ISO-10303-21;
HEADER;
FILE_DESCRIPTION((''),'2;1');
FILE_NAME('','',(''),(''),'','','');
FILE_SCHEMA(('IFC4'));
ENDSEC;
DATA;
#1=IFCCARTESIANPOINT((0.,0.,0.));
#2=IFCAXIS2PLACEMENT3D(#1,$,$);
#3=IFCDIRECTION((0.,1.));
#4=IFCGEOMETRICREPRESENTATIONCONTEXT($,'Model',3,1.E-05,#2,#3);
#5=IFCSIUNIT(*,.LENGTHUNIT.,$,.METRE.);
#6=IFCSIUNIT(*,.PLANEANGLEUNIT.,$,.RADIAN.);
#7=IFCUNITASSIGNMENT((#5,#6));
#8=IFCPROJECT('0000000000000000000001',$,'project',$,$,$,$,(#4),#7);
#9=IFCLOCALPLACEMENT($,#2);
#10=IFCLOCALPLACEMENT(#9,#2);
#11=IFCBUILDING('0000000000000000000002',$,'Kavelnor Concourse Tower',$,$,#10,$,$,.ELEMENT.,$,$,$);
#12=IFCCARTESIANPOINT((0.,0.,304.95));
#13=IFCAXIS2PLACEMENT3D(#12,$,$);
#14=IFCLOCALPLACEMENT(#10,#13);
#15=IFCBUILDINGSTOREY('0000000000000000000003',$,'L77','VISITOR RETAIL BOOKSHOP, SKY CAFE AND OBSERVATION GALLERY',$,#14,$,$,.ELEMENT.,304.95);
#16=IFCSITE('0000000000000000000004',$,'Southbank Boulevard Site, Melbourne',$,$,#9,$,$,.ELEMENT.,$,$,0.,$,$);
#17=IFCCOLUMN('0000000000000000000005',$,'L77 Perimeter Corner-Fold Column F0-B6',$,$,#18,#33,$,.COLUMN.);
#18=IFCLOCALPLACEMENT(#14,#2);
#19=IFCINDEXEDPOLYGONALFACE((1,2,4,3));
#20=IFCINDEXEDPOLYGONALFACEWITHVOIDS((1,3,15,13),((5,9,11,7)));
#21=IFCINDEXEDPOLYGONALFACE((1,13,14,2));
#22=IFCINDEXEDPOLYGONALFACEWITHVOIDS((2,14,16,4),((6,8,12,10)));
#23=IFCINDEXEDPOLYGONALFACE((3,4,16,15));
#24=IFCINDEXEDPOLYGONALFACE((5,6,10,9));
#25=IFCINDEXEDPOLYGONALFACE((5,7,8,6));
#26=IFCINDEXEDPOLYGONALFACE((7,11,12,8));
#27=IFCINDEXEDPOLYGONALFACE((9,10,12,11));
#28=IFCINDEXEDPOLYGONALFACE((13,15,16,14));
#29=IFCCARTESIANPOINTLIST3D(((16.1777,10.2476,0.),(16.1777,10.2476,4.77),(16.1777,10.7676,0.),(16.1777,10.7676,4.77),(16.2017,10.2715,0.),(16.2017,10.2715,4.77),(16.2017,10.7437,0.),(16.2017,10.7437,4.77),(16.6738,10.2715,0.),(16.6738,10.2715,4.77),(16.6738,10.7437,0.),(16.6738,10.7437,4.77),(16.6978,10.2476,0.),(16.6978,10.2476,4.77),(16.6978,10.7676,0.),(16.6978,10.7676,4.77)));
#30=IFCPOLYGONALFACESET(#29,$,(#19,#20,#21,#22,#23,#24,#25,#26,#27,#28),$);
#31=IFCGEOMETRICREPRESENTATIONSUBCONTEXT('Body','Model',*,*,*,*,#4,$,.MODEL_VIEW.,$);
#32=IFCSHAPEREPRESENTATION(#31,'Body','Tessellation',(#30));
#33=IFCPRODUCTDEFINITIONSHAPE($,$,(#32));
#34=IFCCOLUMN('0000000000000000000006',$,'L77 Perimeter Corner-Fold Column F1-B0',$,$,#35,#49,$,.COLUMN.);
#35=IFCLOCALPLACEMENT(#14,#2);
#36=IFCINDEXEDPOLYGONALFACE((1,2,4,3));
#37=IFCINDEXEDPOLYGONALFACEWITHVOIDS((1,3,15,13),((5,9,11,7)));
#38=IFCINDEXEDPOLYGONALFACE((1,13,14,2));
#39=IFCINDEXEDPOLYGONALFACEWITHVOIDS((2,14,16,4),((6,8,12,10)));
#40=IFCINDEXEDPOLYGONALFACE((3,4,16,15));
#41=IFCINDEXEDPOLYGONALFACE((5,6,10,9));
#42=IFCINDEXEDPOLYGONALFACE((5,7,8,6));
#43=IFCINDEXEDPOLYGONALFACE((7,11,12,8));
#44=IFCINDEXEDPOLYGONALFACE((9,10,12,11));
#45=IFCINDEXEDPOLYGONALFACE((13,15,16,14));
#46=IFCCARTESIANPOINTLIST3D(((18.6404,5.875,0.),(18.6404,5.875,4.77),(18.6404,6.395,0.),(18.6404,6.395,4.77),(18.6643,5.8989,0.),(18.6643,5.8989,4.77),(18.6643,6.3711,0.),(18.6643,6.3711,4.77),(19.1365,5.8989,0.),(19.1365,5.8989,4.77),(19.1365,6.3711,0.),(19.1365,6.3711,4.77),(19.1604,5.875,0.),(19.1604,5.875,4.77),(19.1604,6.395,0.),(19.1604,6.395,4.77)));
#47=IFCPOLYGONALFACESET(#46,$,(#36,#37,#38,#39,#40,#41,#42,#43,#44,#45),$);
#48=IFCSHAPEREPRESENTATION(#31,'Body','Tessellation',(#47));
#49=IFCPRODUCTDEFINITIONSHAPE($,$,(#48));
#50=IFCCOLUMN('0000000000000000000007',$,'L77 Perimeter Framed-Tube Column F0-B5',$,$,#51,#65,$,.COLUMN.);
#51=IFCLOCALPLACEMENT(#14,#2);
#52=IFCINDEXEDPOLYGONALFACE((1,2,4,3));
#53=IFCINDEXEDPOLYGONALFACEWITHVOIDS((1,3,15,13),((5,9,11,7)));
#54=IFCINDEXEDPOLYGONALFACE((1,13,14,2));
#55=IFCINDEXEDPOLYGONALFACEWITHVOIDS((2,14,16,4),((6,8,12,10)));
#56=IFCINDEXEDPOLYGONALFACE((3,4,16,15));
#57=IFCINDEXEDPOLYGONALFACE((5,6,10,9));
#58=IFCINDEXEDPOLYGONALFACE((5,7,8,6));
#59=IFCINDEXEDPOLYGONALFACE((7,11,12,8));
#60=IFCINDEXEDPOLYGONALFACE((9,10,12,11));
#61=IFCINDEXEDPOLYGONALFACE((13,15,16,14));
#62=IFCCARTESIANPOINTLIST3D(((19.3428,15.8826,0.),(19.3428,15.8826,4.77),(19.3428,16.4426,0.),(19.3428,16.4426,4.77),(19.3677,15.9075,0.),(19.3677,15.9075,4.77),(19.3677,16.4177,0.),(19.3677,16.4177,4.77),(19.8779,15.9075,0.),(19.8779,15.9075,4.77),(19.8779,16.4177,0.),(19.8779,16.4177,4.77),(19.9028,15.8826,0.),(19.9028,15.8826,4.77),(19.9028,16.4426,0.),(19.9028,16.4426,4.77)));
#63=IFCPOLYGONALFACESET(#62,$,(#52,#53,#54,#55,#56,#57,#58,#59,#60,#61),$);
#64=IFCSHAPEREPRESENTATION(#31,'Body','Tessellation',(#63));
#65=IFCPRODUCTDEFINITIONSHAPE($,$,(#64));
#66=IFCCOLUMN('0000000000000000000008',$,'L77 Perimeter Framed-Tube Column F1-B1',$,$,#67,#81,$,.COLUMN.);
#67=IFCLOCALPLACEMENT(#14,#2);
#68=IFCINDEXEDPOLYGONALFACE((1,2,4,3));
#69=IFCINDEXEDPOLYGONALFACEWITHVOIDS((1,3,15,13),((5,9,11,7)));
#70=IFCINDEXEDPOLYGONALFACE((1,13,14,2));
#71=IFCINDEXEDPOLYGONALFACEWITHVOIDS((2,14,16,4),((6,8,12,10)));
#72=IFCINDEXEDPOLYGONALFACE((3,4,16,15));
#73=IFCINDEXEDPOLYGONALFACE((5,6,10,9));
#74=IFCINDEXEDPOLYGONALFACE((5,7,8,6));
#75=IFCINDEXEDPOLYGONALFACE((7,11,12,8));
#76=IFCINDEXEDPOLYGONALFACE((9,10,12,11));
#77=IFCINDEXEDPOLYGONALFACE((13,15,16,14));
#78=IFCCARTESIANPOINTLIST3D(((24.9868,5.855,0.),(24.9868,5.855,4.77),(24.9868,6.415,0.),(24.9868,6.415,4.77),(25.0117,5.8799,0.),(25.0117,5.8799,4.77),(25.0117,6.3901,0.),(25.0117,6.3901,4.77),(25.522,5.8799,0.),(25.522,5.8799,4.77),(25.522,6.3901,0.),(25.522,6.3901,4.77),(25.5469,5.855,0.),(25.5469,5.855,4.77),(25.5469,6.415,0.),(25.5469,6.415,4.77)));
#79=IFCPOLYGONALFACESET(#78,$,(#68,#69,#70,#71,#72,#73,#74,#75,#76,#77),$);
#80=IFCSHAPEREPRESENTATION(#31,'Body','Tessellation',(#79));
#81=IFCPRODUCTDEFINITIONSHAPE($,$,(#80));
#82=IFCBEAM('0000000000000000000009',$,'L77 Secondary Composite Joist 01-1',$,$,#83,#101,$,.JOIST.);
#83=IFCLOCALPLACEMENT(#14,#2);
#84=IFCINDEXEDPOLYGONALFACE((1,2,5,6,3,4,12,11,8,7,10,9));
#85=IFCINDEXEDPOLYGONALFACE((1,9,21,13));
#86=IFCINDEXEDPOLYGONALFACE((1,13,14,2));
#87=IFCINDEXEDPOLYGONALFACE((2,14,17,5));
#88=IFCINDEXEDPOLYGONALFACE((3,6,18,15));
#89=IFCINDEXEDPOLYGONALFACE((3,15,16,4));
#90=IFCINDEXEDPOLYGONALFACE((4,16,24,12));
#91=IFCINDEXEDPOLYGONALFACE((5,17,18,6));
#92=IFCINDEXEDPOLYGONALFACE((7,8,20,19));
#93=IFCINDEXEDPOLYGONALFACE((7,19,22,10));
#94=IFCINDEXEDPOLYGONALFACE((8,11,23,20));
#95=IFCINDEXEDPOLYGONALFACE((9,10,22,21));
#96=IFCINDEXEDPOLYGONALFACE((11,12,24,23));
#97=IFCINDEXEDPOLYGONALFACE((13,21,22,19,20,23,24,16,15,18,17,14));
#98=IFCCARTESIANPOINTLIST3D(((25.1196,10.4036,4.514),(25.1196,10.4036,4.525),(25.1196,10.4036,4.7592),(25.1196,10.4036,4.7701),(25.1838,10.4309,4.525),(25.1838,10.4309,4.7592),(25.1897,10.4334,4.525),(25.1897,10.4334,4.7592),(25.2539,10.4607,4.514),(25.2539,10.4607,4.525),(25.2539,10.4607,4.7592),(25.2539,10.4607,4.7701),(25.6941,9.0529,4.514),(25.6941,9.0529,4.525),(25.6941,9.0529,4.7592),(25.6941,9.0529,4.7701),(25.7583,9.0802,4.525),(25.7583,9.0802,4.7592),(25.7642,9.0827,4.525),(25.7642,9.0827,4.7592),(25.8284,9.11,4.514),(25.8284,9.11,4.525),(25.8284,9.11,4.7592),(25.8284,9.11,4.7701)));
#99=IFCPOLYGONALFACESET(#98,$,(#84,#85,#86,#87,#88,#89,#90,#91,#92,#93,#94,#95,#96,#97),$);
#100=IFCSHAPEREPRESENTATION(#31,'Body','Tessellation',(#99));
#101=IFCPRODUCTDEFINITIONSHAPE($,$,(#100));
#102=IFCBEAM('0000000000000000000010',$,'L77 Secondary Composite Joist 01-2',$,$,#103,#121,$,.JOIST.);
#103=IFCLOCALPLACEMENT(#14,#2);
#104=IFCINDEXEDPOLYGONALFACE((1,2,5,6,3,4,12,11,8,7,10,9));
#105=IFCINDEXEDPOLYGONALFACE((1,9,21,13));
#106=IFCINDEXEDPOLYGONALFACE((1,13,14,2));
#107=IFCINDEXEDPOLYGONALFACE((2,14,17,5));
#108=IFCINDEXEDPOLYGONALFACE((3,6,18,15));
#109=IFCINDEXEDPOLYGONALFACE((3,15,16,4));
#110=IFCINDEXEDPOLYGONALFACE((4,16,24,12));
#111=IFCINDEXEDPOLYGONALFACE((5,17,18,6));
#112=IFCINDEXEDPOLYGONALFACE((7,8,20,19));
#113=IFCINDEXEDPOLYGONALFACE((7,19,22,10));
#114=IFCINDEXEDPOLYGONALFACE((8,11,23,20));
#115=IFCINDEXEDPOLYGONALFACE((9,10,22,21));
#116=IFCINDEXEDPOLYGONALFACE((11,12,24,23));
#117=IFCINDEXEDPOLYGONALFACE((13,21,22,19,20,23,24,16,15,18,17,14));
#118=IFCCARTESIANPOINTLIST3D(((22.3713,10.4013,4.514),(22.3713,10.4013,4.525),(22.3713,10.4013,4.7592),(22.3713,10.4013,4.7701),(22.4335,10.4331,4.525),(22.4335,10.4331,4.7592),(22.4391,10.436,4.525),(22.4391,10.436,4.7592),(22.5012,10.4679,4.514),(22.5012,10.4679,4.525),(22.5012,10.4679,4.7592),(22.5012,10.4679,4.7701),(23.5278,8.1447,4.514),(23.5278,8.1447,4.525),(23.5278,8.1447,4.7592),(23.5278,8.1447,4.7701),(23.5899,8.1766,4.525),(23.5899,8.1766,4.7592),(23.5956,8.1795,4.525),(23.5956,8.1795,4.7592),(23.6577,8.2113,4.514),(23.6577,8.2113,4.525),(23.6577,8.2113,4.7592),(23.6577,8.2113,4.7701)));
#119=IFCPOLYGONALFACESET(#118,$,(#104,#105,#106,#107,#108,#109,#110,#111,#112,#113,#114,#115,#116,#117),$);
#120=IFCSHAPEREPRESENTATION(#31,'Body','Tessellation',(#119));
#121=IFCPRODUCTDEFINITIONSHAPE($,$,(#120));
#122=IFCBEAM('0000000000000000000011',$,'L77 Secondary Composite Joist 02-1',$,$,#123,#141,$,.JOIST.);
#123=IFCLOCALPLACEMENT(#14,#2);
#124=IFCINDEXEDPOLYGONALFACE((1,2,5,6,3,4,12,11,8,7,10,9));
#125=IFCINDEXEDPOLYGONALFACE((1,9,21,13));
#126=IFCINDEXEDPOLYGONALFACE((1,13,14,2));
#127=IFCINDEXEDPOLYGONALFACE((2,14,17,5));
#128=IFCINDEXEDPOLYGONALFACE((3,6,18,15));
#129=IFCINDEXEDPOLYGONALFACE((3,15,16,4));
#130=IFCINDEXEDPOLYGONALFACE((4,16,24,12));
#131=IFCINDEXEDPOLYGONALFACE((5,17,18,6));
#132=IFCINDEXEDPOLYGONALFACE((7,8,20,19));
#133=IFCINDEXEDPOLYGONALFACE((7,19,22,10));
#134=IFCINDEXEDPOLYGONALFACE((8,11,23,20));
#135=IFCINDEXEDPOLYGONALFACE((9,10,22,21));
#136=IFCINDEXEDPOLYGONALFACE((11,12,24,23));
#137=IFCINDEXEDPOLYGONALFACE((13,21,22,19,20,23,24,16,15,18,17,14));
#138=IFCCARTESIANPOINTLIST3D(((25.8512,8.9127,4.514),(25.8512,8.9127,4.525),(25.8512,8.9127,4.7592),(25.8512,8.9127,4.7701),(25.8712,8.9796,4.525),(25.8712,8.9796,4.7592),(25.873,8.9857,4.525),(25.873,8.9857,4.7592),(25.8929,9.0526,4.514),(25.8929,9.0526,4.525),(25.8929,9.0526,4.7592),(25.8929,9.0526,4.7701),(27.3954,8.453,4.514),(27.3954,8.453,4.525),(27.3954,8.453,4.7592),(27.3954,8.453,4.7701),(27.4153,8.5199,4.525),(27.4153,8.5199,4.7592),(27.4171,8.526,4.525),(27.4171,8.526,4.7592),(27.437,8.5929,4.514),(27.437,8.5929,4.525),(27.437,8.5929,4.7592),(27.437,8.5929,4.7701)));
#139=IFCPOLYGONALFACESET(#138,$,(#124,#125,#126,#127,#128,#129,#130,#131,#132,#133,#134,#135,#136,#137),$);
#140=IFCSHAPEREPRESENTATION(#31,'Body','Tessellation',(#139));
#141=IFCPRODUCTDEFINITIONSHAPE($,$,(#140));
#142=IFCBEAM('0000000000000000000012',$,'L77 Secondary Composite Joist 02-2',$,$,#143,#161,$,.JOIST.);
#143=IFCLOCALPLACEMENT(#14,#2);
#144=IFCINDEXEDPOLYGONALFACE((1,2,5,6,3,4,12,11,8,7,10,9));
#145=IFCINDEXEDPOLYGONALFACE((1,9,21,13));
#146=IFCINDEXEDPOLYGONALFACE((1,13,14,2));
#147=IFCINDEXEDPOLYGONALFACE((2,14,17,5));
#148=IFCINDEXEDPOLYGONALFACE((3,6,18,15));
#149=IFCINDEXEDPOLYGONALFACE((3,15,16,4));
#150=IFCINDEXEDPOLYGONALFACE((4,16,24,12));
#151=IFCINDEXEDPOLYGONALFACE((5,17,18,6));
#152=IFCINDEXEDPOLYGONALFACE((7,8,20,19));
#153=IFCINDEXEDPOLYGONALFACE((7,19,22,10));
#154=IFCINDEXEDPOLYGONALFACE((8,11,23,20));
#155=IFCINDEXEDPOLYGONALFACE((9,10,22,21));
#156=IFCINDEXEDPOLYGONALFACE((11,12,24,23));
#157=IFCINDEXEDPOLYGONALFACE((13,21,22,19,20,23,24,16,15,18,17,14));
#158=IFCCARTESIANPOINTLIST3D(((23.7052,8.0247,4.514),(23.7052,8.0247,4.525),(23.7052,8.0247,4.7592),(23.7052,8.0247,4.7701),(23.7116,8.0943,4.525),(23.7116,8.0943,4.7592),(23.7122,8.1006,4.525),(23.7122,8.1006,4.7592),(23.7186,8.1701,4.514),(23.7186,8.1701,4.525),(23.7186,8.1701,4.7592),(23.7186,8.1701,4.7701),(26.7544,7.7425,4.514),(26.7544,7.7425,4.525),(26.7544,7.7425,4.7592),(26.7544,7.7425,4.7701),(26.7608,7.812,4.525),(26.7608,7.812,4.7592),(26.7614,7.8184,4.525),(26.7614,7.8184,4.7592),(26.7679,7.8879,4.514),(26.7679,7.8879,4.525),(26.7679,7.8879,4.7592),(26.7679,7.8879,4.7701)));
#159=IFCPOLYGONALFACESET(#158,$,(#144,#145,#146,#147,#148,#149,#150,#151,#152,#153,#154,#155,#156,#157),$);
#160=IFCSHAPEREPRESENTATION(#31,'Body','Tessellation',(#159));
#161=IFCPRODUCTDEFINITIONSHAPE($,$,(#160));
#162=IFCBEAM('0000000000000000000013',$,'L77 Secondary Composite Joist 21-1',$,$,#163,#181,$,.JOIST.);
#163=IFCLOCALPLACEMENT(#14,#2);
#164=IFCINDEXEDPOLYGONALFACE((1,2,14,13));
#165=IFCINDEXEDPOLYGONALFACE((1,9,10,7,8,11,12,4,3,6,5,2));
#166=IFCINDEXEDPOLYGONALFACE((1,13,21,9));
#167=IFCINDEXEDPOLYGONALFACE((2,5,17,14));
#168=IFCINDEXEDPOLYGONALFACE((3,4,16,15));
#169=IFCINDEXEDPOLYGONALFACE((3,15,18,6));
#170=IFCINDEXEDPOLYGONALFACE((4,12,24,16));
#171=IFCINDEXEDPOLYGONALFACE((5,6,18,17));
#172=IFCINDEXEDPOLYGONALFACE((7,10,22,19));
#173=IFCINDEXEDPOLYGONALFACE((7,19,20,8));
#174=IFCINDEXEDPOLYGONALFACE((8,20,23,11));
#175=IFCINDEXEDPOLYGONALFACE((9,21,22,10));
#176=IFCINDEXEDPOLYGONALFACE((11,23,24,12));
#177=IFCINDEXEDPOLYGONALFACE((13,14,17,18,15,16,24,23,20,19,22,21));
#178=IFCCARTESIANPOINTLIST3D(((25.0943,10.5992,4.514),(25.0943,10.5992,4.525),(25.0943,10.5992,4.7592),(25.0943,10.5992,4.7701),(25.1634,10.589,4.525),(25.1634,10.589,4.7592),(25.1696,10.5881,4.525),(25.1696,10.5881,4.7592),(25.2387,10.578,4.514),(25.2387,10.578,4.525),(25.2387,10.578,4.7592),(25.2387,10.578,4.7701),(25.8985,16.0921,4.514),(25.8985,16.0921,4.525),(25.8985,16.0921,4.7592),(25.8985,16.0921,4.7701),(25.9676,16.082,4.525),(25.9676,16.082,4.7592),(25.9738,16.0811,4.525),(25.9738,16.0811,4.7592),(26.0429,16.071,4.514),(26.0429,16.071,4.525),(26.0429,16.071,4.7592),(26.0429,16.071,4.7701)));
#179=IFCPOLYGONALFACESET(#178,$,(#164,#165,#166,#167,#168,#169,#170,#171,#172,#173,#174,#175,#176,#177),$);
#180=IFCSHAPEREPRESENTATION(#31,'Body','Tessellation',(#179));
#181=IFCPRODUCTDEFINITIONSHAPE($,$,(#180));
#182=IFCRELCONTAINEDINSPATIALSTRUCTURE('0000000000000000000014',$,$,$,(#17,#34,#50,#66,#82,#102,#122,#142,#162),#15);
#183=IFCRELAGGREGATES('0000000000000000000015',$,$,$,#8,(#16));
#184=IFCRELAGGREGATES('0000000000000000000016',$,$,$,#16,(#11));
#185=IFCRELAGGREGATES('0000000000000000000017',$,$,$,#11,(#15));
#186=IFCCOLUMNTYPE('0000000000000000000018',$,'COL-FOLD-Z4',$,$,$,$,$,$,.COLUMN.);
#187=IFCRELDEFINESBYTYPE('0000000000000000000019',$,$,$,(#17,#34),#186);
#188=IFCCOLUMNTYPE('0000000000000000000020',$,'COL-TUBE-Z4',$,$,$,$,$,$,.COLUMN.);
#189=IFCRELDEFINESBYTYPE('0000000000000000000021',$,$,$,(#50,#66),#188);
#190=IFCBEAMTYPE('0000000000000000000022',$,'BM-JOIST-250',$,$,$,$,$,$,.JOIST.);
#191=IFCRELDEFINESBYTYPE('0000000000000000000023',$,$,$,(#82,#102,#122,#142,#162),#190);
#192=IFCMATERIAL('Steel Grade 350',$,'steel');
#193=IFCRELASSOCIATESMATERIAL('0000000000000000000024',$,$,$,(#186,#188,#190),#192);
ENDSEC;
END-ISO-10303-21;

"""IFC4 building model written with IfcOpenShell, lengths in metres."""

from ifc_helpers import new_model, si_unit, direction, frame, origin, origin_2d, place, context, subcontext, project, spatial, hollow_rectangle, i_section, extrude, material, material_profile, profile_set, type_object, element, save


model = new_model("IFC4")

# Units and contexts
model_context = context("Model", 3, precision=1e-05, world=origin(), true_north=direction((0.0, 1.0)))
body_context = subcontext(model_context, "Body", "Model", "MODEL_VIEW")
ifc_project = project(units=[si_unit("LENGTHUNIT", "METRE"), si_unit("PLANEANGLEUNIT", "RADIAN")], contexts=[model_context])

# Site, building, storey
site_placement = place(None, origin())
site = spatial("IfcSite", under=ifc_project, at=site_placement, Name="Southbank Boulevard Site, Melbourne", CompositionType="ELEMENT", RefElevation=0.0)
building_placement = place(site_placement, origin())
building = spatial("IfcBuilding", under=site, at=building_placement, Name="Kavelnor Concourse Tower", CompositionType="ELEMENT")
storey_placement = place(building_placement, frame((0.0, 0.0, 304.95)))
storey = spatial("IfcBuildingStorey", under=building, at=storey_placement, Name="L77", Description="VISITOR RETAIL BOOKSHOP, SKY CAFE AND OBSERVATION GALLERY", CompositionType="ELEMENT", Elevation=304.95)

# Columns
ifc_material_1 = material(Name="Steel Grade 350", Category="steel")
ifc_material_profile_1 = material_profile(ifc_material_1, hollow_rectangle(XDim=0.52, YDim=0.52, WallThickness=0.0239, at=origin_2d()), Name="SHS 520x520x24")
ifc_profile_set_1 = profile_set([ifc_material_profile_1], Name="Steel Grade 350")
column_type_1 = type_object("IfcColumnType", Name="COL-FOLD-Z4", PredefinedType="COLUMN", material=ifc_profile_set_1)
for number, where, z_axis, x_axis, name in (
    (1, (16.4377, 10.5076, 0.0), (0.0, 0.0, 1.0), (1.0, 0.0, 0.0), "L77 Perimeter Corner-Fold Column F0-B6"),
    (2, (18.9004, 6.135, 0.0), (0.0, 0.0, 1.0), (1.0, 0.0, 0.0), "L77 Perimeter Corner-Fold Column F1-B0"),
):
    element("IfcColumn", number, at=place(storey_placement, frame(where, z_axis=z_axis, x_axis=x_axis)), inside=storey, type_object=column_type_1, Name=name, PredefinedType="COLUMN", context=body_context, shape_type="SweptSolid", body=[
        extrude(hollow_rectangle(XDim=0.52, YDim=0.52, WallThickness=0.0239, at=origin_2d()), origin(), (0.0, 0.0, 1.0), 4.77),
    ])
ifc_material_profile_2 = material_profile(ifc_material_1, hollow_rectangle(XDim=0.5601, YDim=0.5601, WallThickness=0.0249, at=origin_2d()), Name="SHS 560x560x25")
ifc_profile_set_2 = profile_set([ifc_material_profile_2], Name="Steel Grade 350")
column_type_2 = type_object("IfcColumnType", Name="COL-TUBE-Z4", PredefinedType="COLUMN", material=ifc_profile_set_2)
for number, where, z_axis, x_axis, name in (
    (3, (19.6228, 16.1626, 0.0), (0.0, 0.0, 1.0), (1.0, 0.0, 0.0), "L77 Perimeter Framed-Tube Column F0-B5"),
    (4, (25.2668, 6.135, 0.0), (0.0, 0.0, 1.0), (1.0, 0.0, 0.0), "L77 Perimeter Framed-Tube Column F1-B1"),
):
    element("IfcColumn", number, at=place(storey_placement, frame(where, z_axis=z_axis, x_axis=x_axis)), inside=storey, type_object=column_type_2, Name=name, PredefinedType="COLUMN", context=body_context, shape_type="SweptSolid", body=[
        extrude(hollow_rectangle(XDim=0.5601, YDim=0.5601, WallThickness=0.0249, at=origin_2d()), origin(), (0.0, 0.0, 1.0), 4.77),
    ])

# Beams
ifc_material_profile_3 = material_profile(ifc_material_1, i_section(OverallWidth=0.146, OverallDepth=0.2561, WebThickness=0.0063, FlangeThickness=0.011, at=origin_2d()), Name="250UB37")
ifc_profile_set_3 = profile_set([ifc_material_profile_3], Name="Steel Grade 350")
beam_type_1 = type_object("IfcBeamType", Name="BM-JOIST-250", PredefinedType="JOIST", material=ifc_profile_set_3)
beam_1_placement = place(storey_placement, frame((25.1868, 10.4321, 4.6421), z_axis=(0.391408, -0.920217, 0.0), x_axis=(0.920217, 0.391408, 0.0)))
element("IfcBeam", 5, at=beam_1_placement, inside=storey, type_object=beam_type_1, Name="L77 Secondary Composite Joist 01-1", PredefinedType="JOIST", context=body_context, shape_type="SweptSolid", body=[
    extrude(i_section(OverallWidth=0.146, OverallDepth=0.2561, WebThickness=0.0063, FlangeThickness=0.011, at=origin_2d()), origin(), (0.0, 0.0, 1.0), 1.4678),
])
beam_2_placement = place(storey_placement, frame((22.4363, 10.4346, 4.6421), z_axis=(0.456088, -0.889935, 0.0), x_axis=(0.889935, 0.456088, 0.0)))
element("IfcBeam", 6, at=beam_2_placement, inside=storey, type_object=beam_type_1, Name="L77 Secondary Composite Joist 01-2", PredefinedType="JOIST", context=body_context, shape_type="SweptSolid", body=[
    extrude(i_section(OverallWidth=0.146, OverallDepth=0.2561, WebThickness=0.0063, FlangeThickness=0.011, at=origin_2d()), origin(), (0.0, 0.0, 1.0), 2.5356),
])
beam_3_placement = place(storey_placement, frame((25.8721, 8.9827, 4.6421), z_axis=(0.958429, -0.285331, 0.0), x_axis=(0.285331, 0.958429, 0.0)))
element("IfcBeam", 7, at=beam_3_placement, inside=storey, type_object=beam_type_1, Name="L77 Secondary Composite Joist 02-1", PredefinedType="JOIST", context=body_context, shape_type="SweptSolid", body=[
    extrude(i_section(OverallWidth=0.146, OverallDepth=0.2561, WebThickness=0.0063, FlangeThickness=0.011, at=origin_2d()), origin(), (0.0, 0.0, 1.0), 1.6111),
])
beam_4_placement = place(storey_placement, frame((23.7119, 8.0974, 4.6421), z_axis=(0.995744, -0.09216, 0.0), x_axis=(0.09216, 0.995744, 0.0)))
element("IfcBeam", 8, at=beam_4_placement, inside=storey, type_object=beam_type_1, Name="L77 Secondary Composite Joist 02-2", PredefinedType="JOIST", context=body_context, shape_type="SweptSolid", body=[
    extrude(i_section(OverallWidth=0.146, OverallDepth=0.2561, WebThickness=0.0063, FlangeThickness=0.011, at=origin_2d()), origin(), (0.0, 0.0, 1.0), 3.0623),
])
beam_5_placement = place(storey_placement, frame((25.9707, 16.0815, 4.6421), z_axis=(-0.144862, -0.989452, 0.0), x_axis=(0.989452, -0.144862, 0.0)))
element("IfcBeam", 9, at=beam_5_placement, inside=storey, type_object=beam_type_1, Name="L77 Secondary Composite Joist 21-1", PredefinedType="JOIST", context=body_context, shape_type="SweptSolid", body=[
    extrude(i_section(OverallWidth=0.146, OverallDepth=0.2561, WebThickness=0.0063, FlangeThickness=0.011, at=origin_2d()), origin(), (0.0, 0.0, 1.0), 5.5515),
])

save(model, "model.ifc")
